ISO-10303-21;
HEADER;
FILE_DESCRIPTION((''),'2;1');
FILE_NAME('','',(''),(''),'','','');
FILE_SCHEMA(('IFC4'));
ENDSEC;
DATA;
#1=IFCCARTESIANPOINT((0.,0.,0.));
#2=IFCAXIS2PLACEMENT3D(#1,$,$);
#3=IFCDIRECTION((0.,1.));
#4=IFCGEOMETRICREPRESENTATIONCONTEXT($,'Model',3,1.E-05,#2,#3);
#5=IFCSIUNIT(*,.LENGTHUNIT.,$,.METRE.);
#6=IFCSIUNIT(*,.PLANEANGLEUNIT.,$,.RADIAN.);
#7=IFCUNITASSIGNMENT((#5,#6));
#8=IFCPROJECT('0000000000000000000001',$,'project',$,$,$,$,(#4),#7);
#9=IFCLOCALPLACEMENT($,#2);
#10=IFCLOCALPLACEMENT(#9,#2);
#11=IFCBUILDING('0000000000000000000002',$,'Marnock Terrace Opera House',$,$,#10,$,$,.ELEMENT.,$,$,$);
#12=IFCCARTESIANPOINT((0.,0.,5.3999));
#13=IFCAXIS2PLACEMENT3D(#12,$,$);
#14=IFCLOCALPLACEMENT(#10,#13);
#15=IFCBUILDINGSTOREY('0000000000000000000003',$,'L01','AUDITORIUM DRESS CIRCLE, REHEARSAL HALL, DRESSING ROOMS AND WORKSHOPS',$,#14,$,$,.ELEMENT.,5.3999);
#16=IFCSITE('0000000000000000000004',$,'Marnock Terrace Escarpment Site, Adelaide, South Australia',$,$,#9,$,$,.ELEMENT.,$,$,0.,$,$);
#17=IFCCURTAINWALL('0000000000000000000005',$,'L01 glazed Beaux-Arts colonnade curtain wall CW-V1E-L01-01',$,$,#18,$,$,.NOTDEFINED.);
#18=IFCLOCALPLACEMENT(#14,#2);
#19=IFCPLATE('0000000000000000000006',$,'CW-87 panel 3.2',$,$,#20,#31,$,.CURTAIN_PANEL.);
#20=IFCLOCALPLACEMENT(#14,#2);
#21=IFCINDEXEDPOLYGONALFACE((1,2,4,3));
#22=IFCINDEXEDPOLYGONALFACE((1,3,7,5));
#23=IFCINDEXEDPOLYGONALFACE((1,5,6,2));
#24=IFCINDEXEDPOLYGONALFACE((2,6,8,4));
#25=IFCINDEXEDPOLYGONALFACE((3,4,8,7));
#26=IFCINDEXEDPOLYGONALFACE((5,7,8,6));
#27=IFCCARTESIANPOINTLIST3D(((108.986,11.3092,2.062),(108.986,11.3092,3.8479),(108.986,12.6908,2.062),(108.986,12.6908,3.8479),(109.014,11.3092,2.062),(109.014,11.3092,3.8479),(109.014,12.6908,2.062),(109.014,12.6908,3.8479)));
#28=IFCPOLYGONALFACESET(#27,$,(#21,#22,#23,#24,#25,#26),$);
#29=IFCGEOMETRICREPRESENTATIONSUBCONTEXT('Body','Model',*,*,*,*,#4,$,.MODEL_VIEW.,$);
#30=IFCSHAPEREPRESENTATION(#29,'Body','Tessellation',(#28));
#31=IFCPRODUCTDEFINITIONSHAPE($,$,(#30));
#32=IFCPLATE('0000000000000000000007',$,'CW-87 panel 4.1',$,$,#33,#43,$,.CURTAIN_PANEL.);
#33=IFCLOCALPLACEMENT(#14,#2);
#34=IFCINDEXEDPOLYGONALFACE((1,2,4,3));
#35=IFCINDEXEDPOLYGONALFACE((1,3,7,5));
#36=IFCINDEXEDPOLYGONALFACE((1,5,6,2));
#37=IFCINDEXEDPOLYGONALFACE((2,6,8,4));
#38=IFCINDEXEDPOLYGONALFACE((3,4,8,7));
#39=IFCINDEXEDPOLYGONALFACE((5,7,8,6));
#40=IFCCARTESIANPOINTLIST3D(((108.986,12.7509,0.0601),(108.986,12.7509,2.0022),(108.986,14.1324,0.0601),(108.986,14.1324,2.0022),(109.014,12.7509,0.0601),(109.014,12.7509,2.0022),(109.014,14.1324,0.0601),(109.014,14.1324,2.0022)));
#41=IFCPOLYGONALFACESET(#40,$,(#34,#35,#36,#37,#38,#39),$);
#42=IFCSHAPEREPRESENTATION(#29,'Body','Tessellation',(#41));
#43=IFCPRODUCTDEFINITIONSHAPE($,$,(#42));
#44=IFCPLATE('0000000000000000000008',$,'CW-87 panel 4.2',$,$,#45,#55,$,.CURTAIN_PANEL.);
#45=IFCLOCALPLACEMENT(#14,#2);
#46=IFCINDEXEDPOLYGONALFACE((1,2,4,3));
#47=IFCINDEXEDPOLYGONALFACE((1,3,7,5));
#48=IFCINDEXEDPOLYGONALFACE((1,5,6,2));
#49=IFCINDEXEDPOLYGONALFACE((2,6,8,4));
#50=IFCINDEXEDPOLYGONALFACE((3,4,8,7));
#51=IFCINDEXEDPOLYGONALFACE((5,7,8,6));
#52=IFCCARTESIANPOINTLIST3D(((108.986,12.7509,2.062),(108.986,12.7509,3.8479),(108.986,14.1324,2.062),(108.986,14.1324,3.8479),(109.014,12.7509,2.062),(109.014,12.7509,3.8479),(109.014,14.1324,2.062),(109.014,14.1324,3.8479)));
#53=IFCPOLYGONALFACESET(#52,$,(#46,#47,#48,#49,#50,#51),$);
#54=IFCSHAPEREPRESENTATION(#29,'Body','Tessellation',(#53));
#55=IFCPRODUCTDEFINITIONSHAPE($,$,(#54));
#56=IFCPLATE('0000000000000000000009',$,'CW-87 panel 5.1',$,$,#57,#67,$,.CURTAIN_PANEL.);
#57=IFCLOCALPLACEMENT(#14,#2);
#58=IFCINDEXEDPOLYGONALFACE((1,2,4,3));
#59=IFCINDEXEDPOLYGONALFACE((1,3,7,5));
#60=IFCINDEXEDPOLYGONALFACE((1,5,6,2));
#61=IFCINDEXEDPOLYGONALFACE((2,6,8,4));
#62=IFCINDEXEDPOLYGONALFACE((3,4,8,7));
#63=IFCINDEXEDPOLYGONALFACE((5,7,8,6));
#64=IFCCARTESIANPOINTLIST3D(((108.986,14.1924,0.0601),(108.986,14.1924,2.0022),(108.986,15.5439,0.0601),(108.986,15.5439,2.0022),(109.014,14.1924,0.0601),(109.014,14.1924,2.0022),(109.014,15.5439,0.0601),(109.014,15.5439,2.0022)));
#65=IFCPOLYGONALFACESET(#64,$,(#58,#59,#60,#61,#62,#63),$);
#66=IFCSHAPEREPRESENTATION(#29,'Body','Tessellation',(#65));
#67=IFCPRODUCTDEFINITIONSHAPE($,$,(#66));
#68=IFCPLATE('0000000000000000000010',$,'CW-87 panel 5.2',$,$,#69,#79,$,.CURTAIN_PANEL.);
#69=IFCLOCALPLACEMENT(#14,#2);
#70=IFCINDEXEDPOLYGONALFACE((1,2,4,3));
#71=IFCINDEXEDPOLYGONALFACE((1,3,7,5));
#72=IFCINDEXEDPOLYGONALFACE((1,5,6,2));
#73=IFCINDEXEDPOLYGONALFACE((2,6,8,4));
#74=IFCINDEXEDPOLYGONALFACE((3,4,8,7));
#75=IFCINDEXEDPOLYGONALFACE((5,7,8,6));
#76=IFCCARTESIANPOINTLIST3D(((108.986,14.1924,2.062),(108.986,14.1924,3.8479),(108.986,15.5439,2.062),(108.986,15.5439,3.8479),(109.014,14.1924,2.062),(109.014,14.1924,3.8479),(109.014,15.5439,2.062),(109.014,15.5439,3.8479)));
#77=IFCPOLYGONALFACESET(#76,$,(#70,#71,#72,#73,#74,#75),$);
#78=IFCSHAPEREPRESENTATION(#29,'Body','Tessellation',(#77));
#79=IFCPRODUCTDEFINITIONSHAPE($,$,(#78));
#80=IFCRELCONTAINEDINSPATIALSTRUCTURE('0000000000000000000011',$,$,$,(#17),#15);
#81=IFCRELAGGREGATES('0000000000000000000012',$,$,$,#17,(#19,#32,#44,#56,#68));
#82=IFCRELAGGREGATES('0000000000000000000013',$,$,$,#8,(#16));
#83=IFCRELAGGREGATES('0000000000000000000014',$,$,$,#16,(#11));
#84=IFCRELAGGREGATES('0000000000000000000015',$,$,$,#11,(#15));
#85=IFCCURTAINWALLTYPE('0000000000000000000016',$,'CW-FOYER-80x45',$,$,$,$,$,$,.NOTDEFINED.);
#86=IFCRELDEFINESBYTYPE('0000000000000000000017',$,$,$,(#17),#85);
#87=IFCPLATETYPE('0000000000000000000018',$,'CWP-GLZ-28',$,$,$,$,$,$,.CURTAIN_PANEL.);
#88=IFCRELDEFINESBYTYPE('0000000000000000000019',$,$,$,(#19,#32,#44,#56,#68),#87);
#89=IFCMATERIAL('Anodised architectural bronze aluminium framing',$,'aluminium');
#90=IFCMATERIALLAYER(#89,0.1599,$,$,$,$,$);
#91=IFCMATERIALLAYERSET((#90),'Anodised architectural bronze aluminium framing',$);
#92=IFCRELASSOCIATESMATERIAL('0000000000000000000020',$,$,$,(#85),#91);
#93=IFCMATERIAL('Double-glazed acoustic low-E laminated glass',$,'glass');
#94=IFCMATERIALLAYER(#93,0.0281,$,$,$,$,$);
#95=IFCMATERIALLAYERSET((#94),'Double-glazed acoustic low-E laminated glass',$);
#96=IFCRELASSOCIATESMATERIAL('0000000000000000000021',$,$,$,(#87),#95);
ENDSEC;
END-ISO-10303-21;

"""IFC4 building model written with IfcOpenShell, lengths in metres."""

from ifc_helpers import new_model, si_unit, direction, frame, origin, origin_2d, place, context, subcontext, project, spatial, rectangle, extrude, material, layer, layer_set, type_object, element, aggregate, save


model = new_model("IFC4")

# Units and contexts
model_context = context("Model", 3, precision=1e-05, world=origin(), true_north=direction((0.0, 1.0)))
body_context = subcontext(model_context, "Body", "Model", "MODEL_VIEW")
ifc_project = project(units=[si_unit("LENGTHUNIT", "METRE"), si_unit("PLANEANGLEUNIT", "RADIAN")], contexts=[model_context])

# Site, building, storey
site_placement = place(None, origin())
site = spatial("IfcSite", under=ifc_project, at=site_placement, Name="Marnock Terrace Escarpment Site, Adelaide, South Australia", CompositionType="ELEMENT", RefElevation=0.0)
building_placement = place(site_placement, origin())
building = spatial("IfcBuilding", under=site, at=building_placement, Name="Marnock Terrace Opera House", CompositionType="ELEMENT")
storey_placement = place(building_placement, frame((0.0, 0.0, 5.3999)))
storey = spatial("IfcBuildingStorey", under=building, at=storey_placement, Name="L01", Description="AUDITORIUM DRESS CIRCLE, REHEARSAL HALL, DRESSING ROOMS AND WORKSHOPS", CompositionType="ELEMENT", Elevation=5.3999)

# Curtain wall, plates
ifc_material_1 = material(Name="Anodised architectural bronze aluminium framing", Category="aluminium")
ifc_layer_1 = layer(ifc_material_1, 0.1599)
ifc_layer_set_1 = layer_set([ifc_layer_1], Name="Anodised architectural bronze aluminium framing")
curtain_wall_type = type_object("IfcCurtainWallType", Name="CW-FOYER-80x45", PredefinedType="NOTDEFINED", material=ifc_layer_set_1)
curtain_wall_placement = place(storey_placement, origin())
curtain_wall = element("IfcCurtainWall", 1, at=curtain_wall_placement, inside=storey, type_object=curtain_wall_type, Name="L01 glazed Beaux-Arts colonnade curtain wall CW-V1E-L01-01", PredefinedType="NOTDEFINED")
ifc_material_2 = material(Name="Double-glazed acoustic low-E laminated glass", Category="glass")
ifc_layer_2 = layer(ifc_material_2, 0.0281)
ifc_layer_set_2 = layer_set([ifc_layer_2], Name="Double-glazed acoustic low-E laminated glass")
plate_type = type_object("IfcPlateType", Name="CWP-GLZ-28", PredefinedType="CURTAIN_PANEL", material=ifc_layer_set_2)
plate_1_placement = place(storey_placement, frame((109.0, 12.0, 2.062), z_axis=(0.0, 0.0, 1.0), x_axis=(0.0, 1.0, 0.0)))
plate_1 = element("IfcPlate", 2, at=plate_1_placement, type_object=plate_type, Name="CW-87 panel 3.2", PredefinedType="CURTAIN_PANEL", context=body_context, shape_type="SweptSolid", body=[
    extrude(rectangle(XDim=1.3816, YDim=0.0281, at=origin_2d()), origin(), (0.0, 0.0, 1.0), 1.7859),
])
plate_2_placement = place(storey_placement, frame((109.0, 13.4417, 0.0601), z_axis=(0.0, 0.0, 1.0), x_axis=(0.0, 1.0, 0.0)))
plate_2 = element("IfcPlate", 3, at=plate_2_placement, type_object=plate_type, Name="CW-87 panel 4.1", PredefinedType="CURTAIN_PANEL", context=body_context, shape_type="SweptSolid", body=[
    extrude(rectangle(XDim=1.3816, YDim=0.0281, at=origin_2d()), origin(), (0.0, 0.0, 1.0), 1.9421),
])
plate_3_placement = place(storey_placement, frame((109.0, 13.4417, 2.062), z_axis=(0.0, 0.0, 1.0), x_axis=(0.0, 1.0, 0.0)))
plate_3 = element("IfcPlate", 4, at=plate_3_placement, type_object=plate_type, Name="CW-87 panel 4.2", PredefinedType="CURTAIN_PANEL", context=body_context, shape_type="SweptSolid", body=[
    extrude(rectangle(XDim=1.3816, YDim=0.0281, at=origin_2d()), origin(), (0.0, 0.0, 1.0), 1.7859),
])
plate_4_placement = place(storey_placement, frame((109.0, 14.8682, 0.0601), z_axis=(0.0, 0.0, 1.0), x_axis=(0.0, 1.0, 0.0)))
plate_4 = element("IfcPlate", 5, at=plate_4_placement, type_object=plate_type, Name="CW-87 panel 5.1", PredefinedType="CURTAIN_PANEL", context=body_context, shape_type="SweptSolid", body=[
    extrude(rectangle(XDim=1.3516, YDim=0.0281, at=origin_2d()), origin(), (0.0, 0.0, 1.0), 1.9421),
])
plate_5_placement = place(storey_placement, frame((109.0, 14.8682, 2.062), z_axis=(0.0, 0.0, 1.0), x_axis=(0.0, 1.0, 0.0)))
plate_5 = element("IfcPlate", 6, at=plate_5_placement, type_object=plate_type, Name="CW-87 panel 5.2", PredefinedType="CURTAIN_PANEL", context=body_context, shape_type="SweptSolid", body=[
    extrude(rectangle(XDim=1.3516, YDim=0.0281, at=origin_2d()), origin(), (0.0, 0.0, 1.0), 1.7859),
])
aggregate(curtain_wall, [plate_1, plate_2, plate_3, plate_4, plate_5])

save(model, "model.ifc")
